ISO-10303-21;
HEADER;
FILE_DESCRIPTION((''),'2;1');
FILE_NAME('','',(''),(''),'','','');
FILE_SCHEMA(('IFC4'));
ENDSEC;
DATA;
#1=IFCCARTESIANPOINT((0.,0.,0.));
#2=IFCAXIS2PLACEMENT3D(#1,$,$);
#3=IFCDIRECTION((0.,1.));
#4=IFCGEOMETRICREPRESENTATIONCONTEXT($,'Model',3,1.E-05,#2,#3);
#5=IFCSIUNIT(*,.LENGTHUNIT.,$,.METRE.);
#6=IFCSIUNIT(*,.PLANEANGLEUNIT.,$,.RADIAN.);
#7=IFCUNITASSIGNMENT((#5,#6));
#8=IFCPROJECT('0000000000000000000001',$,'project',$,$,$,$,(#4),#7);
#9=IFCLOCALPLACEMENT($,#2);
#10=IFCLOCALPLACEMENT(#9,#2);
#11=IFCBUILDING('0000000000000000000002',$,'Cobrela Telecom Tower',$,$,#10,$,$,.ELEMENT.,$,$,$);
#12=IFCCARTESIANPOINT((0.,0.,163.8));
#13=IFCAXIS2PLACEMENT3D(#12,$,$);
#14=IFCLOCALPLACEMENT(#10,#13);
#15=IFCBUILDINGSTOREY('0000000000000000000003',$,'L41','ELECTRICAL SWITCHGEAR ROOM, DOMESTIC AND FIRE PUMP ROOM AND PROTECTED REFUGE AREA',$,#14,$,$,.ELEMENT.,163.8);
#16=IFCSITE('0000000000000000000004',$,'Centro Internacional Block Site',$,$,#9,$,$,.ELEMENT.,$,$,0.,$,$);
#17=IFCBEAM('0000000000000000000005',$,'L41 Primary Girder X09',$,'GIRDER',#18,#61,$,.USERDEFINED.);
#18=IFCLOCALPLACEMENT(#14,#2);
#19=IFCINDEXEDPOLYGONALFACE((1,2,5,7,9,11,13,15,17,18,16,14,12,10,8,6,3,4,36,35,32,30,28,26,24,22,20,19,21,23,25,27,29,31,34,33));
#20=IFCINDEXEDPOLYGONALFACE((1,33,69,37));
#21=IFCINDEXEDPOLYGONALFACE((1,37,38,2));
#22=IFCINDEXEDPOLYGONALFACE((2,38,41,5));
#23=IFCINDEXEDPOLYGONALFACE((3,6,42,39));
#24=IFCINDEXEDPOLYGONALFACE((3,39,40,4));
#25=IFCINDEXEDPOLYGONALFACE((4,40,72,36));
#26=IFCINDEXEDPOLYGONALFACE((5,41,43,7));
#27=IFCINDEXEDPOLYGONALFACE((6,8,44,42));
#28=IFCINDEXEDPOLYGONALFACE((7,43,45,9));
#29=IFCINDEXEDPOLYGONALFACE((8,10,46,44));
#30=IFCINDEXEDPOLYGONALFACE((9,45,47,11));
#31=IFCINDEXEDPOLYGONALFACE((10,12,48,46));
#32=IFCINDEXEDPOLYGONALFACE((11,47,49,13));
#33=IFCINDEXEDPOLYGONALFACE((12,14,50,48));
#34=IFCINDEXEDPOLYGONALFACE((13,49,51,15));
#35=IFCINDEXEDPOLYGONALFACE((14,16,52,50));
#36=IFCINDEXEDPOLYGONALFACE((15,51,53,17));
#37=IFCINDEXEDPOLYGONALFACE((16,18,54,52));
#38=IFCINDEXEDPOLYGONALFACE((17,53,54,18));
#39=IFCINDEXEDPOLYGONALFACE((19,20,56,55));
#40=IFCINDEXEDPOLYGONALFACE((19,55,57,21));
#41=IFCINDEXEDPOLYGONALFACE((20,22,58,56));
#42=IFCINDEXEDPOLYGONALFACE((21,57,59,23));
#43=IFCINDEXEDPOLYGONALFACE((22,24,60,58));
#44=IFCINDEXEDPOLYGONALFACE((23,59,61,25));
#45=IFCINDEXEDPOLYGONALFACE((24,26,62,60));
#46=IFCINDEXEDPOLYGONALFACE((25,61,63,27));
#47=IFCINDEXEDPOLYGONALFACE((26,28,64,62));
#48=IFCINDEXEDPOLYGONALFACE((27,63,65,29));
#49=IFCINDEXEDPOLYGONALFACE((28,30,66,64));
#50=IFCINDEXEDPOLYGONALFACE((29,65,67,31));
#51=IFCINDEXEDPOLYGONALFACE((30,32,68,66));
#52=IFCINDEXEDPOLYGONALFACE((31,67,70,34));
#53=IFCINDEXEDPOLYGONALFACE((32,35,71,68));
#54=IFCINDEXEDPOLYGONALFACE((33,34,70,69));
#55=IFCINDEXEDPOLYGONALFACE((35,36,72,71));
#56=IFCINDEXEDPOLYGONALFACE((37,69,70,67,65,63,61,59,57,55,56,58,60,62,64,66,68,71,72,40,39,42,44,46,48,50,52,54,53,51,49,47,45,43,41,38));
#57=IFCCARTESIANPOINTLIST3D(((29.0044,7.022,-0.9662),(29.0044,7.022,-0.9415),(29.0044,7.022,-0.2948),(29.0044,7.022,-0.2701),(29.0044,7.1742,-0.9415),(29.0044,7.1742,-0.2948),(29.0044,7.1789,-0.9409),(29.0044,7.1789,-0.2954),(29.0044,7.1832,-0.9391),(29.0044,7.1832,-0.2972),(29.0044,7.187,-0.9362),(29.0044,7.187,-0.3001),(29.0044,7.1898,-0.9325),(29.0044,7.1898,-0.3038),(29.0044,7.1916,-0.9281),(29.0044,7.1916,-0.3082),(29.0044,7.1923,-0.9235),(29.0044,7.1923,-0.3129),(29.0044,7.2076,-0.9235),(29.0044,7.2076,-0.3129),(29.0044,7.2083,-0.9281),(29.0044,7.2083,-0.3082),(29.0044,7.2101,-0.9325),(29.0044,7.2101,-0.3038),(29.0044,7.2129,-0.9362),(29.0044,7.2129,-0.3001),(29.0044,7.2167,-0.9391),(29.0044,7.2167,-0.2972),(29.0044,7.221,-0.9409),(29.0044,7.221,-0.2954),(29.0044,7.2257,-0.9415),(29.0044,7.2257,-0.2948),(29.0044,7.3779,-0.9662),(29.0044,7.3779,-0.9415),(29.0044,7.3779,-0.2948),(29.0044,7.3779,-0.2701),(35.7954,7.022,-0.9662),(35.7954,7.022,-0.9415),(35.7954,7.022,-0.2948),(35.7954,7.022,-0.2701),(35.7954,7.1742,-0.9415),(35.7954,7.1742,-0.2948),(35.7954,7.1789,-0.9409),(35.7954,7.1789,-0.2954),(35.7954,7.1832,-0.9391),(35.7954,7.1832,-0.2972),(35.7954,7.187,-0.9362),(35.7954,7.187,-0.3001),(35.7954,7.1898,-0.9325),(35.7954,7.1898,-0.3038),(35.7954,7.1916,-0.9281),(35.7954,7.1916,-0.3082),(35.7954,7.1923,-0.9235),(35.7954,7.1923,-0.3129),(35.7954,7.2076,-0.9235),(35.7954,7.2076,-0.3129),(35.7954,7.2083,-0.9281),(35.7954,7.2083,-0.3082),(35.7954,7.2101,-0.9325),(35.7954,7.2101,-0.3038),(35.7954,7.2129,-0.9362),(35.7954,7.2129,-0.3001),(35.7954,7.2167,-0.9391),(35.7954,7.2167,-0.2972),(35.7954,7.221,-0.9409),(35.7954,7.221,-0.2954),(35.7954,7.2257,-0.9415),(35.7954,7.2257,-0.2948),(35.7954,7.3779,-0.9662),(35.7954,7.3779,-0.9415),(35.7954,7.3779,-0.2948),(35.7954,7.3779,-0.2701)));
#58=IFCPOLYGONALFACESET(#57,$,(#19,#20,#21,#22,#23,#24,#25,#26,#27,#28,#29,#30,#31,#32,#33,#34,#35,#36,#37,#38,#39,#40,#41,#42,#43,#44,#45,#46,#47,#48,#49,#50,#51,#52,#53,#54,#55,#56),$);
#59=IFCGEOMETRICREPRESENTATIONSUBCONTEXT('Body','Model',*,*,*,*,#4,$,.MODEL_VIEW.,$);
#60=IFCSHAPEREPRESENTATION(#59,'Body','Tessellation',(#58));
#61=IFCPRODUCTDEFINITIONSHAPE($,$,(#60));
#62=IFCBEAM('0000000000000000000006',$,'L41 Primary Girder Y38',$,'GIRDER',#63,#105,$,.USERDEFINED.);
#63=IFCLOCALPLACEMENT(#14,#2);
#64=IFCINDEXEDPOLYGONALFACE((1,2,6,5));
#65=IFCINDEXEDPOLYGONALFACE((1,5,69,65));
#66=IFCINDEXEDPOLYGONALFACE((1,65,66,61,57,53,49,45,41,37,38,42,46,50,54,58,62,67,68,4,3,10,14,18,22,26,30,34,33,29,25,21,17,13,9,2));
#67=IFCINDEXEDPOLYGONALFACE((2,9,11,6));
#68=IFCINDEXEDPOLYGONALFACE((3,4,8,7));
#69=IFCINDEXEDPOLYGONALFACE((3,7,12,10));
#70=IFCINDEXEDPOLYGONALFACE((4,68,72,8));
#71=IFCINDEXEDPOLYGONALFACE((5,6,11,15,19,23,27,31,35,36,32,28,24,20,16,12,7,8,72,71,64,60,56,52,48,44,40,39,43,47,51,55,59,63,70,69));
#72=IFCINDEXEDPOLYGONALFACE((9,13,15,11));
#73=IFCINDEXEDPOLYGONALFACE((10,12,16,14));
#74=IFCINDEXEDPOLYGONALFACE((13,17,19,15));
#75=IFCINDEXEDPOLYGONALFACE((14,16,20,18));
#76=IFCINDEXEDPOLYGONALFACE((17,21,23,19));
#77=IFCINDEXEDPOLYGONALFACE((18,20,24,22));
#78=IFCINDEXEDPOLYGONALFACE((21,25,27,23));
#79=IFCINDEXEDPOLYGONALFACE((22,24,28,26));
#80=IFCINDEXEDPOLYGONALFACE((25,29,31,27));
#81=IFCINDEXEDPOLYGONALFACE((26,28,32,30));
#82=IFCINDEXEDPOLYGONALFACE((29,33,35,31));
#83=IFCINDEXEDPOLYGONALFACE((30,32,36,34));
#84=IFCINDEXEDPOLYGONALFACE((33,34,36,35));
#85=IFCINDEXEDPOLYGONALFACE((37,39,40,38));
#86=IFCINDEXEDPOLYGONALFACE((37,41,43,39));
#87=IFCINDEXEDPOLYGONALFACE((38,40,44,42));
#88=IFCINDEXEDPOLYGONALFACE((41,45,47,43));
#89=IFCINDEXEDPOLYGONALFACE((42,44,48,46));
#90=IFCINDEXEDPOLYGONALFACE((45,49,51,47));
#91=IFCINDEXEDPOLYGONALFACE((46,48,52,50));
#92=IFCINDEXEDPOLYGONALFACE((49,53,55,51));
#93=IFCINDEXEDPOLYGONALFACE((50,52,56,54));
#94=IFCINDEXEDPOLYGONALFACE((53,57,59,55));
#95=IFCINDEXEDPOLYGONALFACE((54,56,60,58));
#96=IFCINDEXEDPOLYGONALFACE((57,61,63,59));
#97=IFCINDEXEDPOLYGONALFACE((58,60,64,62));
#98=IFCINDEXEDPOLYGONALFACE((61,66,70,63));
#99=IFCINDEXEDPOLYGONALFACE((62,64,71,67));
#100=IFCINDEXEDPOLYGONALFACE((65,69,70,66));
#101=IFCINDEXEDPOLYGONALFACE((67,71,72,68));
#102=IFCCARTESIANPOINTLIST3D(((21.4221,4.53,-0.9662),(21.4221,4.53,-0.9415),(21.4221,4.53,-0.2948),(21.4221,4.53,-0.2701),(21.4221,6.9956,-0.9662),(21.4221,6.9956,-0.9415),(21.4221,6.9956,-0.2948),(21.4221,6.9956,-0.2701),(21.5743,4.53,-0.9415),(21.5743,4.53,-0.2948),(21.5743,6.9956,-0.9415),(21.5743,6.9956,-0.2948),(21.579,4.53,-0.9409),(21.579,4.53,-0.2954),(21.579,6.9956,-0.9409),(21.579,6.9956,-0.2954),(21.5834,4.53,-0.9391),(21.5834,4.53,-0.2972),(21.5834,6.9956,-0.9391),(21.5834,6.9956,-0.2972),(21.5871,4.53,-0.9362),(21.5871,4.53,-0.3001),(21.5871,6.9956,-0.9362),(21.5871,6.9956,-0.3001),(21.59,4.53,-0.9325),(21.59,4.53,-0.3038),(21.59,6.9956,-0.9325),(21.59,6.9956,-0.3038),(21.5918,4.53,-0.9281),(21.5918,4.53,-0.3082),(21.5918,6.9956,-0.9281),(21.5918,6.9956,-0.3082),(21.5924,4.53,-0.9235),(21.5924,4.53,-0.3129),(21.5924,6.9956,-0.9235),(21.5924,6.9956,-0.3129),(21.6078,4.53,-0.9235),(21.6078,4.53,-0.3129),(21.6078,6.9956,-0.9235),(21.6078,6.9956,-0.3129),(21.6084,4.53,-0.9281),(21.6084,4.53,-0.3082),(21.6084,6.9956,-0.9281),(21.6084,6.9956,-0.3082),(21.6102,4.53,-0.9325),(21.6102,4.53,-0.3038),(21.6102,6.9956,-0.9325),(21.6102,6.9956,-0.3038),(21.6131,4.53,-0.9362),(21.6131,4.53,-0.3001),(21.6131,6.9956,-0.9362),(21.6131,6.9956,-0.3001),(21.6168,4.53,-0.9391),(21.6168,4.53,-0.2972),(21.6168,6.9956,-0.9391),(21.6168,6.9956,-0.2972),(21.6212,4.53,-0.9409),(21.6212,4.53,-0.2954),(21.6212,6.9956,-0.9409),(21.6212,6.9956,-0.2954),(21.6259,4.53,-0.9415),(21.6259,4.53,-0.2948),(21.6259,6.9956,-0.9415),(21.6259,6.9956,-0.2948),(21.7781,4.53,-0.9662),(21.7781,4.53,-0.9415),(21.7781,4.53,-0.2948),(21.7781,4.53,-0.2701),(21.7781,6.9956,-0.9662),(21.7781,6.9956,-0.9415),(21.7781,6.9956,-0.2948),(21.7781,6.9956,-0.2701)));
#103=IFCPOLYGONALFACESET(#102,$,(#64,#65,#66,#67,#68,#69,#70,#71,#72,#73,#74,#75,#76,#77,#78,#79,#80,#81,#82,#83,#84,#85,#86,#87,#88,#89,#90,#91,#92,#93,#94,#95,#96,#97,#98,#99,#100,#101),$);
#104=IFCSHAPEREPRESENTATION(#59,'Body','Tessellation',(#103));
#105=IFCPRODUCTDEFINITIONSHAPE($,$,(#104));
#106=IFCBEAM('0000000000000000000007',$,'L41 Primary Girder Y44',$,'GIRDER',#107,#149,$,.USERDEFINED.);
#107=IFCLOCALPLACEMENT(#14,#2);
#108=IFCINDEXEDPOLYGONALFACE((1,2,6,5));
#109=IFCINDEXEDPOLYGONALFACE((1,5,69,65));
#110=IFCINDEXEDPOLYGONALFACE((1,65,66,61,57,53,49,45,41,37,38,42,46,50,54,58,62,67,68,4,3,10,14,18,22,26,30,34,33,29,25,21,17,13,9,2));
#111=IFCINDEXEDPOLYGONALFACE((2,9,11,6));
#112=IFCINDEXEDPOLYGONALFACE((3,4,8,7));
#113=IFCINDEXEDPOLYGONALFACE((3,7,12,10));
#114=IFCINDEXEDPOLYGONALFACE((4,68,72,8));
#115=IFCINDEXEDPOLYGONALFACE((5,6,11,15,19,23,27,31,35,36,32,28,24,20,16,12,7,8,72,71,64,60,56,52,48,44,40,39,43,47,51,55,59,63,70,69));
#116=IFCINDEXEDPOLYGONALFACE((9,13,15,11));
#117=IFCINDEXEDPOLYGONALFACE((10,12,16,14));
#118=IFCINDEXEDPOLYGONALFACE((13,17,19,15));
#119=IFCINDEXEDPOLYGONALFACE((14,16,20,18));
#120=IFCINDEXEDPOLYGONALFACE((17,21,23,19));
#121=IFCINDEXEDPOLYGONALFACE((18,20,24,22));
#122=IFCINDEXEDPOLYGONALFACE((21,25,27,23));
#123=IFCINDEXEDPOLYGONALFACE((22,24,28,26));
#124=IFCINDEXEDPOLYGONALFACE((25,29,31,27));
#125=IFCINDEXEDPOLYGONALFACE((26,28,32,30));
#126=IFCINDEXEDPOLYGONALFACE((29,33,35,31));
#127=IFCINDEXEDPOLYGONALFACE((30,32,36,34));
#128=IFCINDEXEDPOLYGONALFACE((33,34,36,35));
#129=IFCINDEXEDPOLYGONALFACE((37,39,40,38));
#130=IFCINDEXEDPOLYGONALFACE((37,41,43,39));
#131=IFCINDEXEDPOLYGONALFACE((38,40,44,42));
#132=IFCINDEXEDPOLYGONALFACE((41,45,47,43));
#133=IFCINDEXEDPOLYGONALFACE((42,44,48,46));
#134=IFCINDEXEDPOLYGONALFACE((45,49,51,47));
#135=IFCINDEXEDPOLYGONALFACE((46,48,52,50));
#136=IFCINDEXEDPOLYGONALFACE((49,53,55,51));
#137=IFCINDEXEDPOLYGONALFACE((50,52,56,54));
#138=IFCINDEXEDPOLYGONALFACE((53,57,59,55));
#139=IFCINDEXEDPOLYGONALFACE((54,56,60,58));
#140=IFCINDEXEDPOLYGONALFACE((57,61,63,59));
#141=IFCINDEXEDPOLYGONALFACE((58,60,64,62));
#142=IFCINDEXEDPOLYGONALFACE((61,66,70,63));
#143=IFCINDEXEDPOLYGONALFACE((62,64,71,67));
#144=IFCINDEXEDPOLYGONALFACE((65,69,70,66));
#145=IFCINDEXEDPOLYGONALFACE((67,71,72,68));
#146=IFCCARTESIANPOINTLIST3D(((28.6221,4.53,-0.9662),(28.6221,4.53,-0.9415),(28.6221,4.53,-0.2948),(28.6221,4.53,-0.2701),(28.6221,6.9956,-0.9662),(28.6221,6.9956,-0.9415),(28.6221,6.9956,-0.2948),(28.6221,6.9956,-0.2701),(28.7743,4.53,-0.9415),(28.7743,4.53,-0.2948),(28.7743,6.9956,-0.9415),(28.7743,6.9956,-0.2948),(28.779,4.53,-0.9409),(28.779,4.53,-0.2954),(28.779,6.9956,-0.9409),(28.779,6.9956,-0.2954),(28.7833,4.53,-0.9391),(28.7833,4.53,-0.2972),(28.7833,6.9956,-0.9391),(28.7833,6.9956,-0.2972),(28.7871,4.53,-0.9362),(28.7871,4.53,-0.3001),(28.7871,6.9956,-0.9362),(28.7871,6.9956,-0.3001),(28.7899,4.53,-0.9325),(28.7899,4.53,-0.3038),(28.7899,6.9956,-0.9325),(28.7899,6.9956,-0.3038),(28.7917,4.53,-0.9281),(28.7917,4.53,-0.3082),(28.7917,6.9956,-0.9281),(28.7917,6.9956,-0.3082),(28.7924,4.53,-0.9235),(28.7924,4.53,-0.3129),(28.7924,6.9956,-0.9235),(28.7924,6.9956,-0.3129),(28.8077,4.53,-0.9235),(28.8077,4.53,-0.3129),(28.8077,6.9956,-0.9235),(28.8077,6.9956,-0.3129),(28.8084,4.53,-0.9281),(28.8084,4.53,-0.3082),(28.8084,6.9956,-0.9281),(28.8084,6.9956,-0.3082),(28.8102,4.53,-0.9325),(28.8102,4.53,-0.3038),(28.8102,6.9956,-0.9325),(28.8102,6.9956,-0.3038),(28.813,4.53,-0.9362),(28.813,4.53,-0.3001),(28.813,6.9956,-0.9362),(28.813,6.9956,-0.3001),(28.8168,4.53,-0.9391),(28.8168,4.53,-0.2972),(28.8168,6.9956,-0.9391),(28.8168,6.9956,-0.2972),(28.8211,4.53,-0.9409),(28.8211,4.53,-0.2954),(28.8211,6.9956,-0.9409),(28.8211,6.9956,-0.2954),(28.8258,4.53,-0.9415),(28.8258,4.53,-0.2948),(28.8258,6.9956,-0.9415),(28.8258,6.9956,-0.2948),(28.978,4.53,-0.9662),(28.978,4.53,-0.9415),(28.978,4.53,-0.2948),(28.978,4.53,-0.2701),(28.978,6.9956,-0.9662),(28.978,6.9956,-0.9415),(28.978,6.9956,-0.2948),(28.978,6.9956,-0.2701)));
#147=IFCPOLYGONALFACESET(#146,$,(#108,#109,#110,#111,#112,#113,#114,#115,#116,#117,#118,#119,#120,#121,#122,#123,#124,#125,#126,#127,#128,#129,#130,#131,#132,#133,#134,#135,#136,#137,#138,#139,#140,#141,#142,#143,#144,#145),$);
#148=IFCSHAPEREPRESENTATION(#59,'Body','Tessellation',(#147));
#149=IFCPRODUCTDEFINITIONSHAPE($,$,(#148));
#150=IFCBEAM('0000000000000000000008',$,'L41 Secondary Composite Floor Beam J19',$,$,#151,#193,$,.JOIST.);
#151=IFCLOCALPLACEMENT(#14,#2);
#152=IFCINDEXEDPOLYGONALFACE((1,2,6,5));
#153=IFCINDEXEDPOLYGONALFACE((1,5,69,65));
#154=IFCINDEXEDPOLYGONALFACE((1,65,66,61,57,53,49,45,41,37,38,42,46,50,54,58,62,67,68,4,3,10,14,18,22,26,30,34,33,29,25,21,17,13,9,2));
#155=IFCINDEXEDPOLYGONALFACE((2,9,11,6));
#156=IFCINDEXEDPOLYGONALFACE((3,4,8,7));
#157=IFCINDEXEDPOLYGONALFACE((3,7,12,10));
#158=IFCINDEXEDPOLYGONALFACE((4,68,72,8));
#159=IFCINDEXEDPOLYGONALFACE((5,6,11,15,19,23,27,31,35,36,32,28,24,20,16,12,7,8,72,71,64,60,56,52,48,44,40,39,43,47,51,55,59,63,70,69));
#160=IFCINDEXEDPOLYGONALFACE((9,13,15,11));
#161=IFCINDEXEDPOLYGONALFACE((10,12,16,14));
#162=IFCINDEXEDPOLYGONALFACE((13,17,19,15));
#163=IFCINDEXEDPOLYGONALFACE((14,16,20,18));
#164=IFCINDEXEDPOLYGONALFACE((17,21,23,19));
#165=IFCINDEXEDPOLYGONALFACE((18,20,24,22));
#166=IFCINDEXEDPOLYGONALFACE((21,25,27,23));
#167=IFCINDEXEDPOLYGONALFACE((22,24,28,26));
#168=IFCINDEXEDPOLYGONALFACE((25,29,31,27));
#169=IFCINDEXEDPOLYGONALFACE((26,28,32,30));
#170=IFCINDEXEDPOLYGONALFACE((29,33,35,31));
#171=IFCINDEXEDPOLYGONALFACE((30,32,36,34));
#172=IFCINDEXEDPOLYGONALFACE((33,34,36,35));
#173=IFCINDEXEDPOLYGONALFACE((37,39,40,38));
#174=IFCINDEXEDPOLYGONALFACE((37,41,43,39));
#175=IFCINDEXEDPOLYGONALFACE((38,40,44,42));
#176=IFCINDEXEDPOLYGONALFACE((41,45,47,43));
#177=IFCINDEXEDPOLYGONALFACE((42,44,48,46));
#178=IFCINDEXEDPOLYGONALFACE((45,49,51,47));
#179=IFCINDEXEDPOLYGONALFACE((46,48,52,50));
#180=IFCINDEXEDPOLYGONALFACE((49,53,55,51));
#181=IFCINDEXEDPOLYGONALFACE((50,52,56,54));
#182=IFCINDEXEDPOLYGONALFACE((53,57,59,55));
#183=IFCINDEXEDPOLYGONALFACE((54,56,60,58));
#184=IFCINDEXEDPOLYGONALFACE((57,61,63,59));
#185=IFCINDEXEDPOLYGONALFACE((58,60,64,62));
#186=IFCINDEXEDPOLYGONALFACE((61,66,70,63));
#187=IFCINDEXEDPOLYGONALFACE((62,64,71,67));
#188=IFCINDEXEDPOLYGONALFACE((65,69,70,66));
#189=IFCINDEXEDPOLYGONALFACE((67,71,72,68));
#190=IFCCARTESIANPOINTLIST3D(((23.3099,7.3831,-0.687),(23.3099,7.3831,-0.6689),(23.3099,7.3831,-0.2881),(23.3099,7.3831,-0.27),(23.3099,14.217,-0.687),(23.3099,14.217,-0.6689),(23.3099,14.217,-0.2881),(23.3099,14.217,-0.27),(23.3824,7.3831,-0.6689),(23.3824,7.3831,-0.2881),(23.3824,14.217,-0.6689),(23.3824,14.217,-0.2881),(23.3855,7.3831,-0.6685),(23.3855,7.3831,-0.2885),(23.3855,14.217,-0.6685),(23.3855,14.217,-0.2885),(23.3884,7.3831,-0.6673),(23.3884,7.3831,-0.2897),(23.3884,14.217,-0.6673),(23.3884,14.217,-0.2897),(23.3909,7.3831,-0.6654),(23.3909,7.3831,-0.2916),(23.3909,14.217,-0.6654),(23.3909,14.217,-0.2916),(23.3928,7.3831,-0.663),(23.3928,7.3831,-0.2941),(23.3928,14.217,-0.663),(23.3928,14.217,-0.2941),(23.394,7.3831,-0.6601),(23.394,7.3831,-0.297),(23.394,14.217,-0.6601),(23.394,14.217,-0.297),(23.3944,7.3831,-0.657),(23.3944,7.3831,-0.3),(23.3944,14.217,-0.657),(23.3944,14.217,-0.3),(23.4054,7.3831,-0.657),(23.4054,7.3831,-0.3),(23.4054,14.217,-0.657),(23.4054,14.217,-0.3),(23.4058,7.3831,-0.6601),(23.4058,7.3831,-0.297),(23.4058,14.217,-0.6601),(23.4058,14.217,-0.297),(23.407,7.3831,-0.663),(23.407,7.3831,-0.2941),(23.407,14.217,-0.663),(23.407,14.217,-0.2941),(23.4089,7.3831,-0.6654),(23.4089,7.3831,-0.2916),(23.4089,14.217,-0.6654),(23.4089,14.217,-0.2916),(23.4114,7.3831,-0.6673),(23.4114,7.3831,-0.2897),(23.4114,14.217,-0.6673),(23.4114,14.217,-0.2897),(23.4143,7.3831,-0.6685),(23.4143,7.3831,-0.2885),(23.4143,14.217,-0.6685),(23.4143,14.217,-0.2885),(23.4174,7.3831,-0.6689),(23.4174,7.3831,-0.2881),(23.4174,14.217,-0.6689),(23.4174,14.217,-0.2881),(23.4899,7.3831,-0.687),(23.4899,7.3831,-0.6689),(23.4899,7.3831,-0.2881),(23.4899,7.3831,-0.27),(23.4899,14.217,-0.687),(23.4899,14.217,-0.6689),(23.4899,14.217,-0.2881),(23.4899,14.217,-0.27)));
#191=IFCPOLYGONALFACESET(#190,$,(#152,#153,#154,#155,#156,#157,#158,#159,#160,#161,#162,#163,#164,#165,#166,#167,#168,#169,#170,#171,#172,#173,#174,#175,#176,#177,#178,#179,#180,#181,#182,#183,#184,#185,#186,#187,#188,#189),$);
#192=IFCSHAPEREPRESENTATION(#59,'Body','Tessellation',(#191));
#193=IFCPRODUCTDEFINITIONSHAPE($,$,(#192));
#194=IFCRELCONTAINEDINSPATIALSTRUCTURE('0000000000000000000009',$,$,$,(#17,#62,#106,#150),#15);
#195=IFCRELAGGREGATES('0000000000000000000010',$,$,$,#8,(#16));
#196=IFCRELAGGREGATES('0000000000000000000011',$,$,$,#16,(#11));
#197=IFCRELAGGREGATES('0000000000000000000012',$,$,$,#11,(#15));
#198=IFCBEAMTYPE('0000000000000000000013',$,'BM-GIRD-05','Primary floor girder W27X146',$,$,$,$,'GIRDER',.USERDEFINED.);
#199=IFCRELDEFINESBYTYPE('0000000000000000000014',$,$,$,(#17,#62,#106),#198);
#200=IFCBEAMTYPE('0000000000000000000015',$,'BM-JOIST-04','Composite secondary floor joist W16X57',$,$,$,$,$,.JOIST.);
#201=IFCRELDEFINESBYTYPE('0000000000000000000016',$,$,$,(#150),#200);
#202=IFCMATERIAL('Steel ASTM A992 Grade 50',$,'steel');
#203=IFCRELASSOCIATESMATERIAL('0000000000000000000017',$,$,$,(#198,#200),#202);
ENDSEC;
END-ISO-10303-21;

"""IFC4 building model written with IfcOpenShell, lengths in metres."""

from ifc_helpers import new_model, si_unit, direction, frame, origin, origin_2d, place, context, subcontext, project, spatial, i_section, extrude, material, material_profile, profile_set, type_object, element, save


model = new_model("IFC4")

# Units and contexts
model_context = context("Model", 3, precision=1e-05, world=origin(), true_north=direction((0.0, 1.0)))
body_context = subcontext(model_context, "Body", "Model", "MODEL_VIEW")
ifc_project = project(units=[si_unit("LENGTHUNIT", "METRE"), si_unit("PLANEANGLEUNIT", "RADIAN")], contexts=[model_context])

# Site, building, storey
site_placement = place(None, origin())
site = spatial("IfcSite", under=ifc_project, at=site_placement, Name="Centro Internacional Block Site", CompositionType="ELEMENT", RefElevation=0.0)
building_placement = place(site_placement, origin())
building = spatial("IfcBuilding", under=site, at=building_placement, Name="Cobrela Telecom Tower", CompositionType="ELEMENT")
storey_placement = place(building_placement, frame((0.0, 0.0, 163.8)))
storey = spatial("IfcBuildingStorey", under=building, at=storey_placement, Name="L41", Description="ELECTRICAL SWITCHGEAR ROOM, DOMESTIC AND FIRE PUMP ROOM AND PROTECTED REFUGE AREA", CompositionType="ELEMENT", Elevation=163.8)

# Shared definitions
ifc_material_1 = material(Name="Steel ASTM A992 Grade 50", Category="steel")

# Beams
ifc_material_profile_1 = material_profile(ifc_material_1, i_section(OverallWidth=0.356, OverallDepth=0.696, WebThickness=0.0154, FlangeThickness=0.0247, FilletRadius=0.0181, at=origin_2d()), Name="W27X146")
ifc_profile_set_1 = profile_set([ifc_material_profile_1], Name="Steel ASTM A992 Grade 50")
beam_type_1 = type_object("IfcBeamType", Name="BM-GIRD-05", Description="Primary floor girder W27X146", ElementType="GIRDER", PredefinedType="USERDEFINED", material=ifc_profile_set_1)
for number, where, z_axis, x_axis, name in (
    (1, (29.0044, 7.2, -0.6182), (1.0, 0.0, 0.0), (0.0, 1.0, 0.0), "L41 Primary Girder X09"),
):
    element("IfcBeam", number, at=place(storey_placement, frame(where, z_axis=z_axis, x_axis=x_axis)), inside=storey, type_object=beam_type_1, Name=name, ObjectType="GIRDER", PredefinedType="USERDEFINED", context=body_context, shape_type="SweptSolid", body=[
        extrude(i_section(OverallWidth=0.356, OverallDepth=0.696, WebThickness=0.0154, FlangeThickness=0.0247, FilletRadius=0.0181, at=origin_2d()), origin(), (0.0, 0.0, 1.0), 6.791),
    ])
for number, where, z_axis, x_axis, name in (
    (2, (21.6001, 4.53, -0.6182), (0.0, 1.0, 0.0), (-1.0, 0.0, 0.0), "L41 Primary Girder Y38"),
    (3, (28.8, 4.53, -0.6182), (0.0, 1.0, 0.0), (-1.0, 0.0, 0.0), "L41 Primary Girder Y44"),
):
    element("IfcBeam", number, at=place(storey_placement, frame(where, z_axis=z_axis, x_axis=x_axis)), inside=storey, type_object=beam_type_1, Name=name, ObjectType="GIRDER", PredefinedType="USERDEFINED", context=body_context, shape_type="SweptSolid", body=[
        extrude(i_section(OverallWidth=0.356, OverallDepth=0.696, WebThickness=0.0154, FlangeThickness=0.0247, FilletRadius=0.0181, at=origin_2d()), origin(), (0.0, 0.0, 1.0), 2.4656),
    ])
ifc_material_profile_2 = material_profile(ifc_material_1, i_section(OverallWidth=0.1799, OverallDepth=0.417, WebThickness=0.011, FlangeThickness=0.0181, FilletRadius=0.012, at=origin_2d()), Name="W16X57")
ifc_profile_set_2 = profile_set([ifc_material_profile_2], Name="Steel ASTM A992 Grade 50")
beam_type_2 = type_object("IfcBeamType", Name="BM-JOIST-04", Description="Composite secondary floor joist W16X57", PredefinedType="JOIST", material=ifc_profile_set_2)
for number, where, z_axis, x_axis, name in (
    (4, (23.3999, 7.3831, -0.4785), (0.0, 1.0, 0.0), (-1.0, 0.0, 0.0), "L41 Secondary Composite Floor Beam J19"),
):
    element("IfcBeam", number, at=place(storey_placement, frame(where, z_axis=z_axis, x_axis=x_axis)), inside=storey, type_object=beam_type_2, Name=name, PredefinedType="JOIST", context=body_context, shape_type="SweptSolid", body=[
        extrude(i_section(OverallWidth=0.1799, OverallDepth=0.417, WebThickness=0.011, FlangeThickness=0.0181, FilletRadius=0.012, at=origin_2d()), origin(), (0.0, 0.0, 1.0), 6.834),
    ])

save(model, "model.ifc")
